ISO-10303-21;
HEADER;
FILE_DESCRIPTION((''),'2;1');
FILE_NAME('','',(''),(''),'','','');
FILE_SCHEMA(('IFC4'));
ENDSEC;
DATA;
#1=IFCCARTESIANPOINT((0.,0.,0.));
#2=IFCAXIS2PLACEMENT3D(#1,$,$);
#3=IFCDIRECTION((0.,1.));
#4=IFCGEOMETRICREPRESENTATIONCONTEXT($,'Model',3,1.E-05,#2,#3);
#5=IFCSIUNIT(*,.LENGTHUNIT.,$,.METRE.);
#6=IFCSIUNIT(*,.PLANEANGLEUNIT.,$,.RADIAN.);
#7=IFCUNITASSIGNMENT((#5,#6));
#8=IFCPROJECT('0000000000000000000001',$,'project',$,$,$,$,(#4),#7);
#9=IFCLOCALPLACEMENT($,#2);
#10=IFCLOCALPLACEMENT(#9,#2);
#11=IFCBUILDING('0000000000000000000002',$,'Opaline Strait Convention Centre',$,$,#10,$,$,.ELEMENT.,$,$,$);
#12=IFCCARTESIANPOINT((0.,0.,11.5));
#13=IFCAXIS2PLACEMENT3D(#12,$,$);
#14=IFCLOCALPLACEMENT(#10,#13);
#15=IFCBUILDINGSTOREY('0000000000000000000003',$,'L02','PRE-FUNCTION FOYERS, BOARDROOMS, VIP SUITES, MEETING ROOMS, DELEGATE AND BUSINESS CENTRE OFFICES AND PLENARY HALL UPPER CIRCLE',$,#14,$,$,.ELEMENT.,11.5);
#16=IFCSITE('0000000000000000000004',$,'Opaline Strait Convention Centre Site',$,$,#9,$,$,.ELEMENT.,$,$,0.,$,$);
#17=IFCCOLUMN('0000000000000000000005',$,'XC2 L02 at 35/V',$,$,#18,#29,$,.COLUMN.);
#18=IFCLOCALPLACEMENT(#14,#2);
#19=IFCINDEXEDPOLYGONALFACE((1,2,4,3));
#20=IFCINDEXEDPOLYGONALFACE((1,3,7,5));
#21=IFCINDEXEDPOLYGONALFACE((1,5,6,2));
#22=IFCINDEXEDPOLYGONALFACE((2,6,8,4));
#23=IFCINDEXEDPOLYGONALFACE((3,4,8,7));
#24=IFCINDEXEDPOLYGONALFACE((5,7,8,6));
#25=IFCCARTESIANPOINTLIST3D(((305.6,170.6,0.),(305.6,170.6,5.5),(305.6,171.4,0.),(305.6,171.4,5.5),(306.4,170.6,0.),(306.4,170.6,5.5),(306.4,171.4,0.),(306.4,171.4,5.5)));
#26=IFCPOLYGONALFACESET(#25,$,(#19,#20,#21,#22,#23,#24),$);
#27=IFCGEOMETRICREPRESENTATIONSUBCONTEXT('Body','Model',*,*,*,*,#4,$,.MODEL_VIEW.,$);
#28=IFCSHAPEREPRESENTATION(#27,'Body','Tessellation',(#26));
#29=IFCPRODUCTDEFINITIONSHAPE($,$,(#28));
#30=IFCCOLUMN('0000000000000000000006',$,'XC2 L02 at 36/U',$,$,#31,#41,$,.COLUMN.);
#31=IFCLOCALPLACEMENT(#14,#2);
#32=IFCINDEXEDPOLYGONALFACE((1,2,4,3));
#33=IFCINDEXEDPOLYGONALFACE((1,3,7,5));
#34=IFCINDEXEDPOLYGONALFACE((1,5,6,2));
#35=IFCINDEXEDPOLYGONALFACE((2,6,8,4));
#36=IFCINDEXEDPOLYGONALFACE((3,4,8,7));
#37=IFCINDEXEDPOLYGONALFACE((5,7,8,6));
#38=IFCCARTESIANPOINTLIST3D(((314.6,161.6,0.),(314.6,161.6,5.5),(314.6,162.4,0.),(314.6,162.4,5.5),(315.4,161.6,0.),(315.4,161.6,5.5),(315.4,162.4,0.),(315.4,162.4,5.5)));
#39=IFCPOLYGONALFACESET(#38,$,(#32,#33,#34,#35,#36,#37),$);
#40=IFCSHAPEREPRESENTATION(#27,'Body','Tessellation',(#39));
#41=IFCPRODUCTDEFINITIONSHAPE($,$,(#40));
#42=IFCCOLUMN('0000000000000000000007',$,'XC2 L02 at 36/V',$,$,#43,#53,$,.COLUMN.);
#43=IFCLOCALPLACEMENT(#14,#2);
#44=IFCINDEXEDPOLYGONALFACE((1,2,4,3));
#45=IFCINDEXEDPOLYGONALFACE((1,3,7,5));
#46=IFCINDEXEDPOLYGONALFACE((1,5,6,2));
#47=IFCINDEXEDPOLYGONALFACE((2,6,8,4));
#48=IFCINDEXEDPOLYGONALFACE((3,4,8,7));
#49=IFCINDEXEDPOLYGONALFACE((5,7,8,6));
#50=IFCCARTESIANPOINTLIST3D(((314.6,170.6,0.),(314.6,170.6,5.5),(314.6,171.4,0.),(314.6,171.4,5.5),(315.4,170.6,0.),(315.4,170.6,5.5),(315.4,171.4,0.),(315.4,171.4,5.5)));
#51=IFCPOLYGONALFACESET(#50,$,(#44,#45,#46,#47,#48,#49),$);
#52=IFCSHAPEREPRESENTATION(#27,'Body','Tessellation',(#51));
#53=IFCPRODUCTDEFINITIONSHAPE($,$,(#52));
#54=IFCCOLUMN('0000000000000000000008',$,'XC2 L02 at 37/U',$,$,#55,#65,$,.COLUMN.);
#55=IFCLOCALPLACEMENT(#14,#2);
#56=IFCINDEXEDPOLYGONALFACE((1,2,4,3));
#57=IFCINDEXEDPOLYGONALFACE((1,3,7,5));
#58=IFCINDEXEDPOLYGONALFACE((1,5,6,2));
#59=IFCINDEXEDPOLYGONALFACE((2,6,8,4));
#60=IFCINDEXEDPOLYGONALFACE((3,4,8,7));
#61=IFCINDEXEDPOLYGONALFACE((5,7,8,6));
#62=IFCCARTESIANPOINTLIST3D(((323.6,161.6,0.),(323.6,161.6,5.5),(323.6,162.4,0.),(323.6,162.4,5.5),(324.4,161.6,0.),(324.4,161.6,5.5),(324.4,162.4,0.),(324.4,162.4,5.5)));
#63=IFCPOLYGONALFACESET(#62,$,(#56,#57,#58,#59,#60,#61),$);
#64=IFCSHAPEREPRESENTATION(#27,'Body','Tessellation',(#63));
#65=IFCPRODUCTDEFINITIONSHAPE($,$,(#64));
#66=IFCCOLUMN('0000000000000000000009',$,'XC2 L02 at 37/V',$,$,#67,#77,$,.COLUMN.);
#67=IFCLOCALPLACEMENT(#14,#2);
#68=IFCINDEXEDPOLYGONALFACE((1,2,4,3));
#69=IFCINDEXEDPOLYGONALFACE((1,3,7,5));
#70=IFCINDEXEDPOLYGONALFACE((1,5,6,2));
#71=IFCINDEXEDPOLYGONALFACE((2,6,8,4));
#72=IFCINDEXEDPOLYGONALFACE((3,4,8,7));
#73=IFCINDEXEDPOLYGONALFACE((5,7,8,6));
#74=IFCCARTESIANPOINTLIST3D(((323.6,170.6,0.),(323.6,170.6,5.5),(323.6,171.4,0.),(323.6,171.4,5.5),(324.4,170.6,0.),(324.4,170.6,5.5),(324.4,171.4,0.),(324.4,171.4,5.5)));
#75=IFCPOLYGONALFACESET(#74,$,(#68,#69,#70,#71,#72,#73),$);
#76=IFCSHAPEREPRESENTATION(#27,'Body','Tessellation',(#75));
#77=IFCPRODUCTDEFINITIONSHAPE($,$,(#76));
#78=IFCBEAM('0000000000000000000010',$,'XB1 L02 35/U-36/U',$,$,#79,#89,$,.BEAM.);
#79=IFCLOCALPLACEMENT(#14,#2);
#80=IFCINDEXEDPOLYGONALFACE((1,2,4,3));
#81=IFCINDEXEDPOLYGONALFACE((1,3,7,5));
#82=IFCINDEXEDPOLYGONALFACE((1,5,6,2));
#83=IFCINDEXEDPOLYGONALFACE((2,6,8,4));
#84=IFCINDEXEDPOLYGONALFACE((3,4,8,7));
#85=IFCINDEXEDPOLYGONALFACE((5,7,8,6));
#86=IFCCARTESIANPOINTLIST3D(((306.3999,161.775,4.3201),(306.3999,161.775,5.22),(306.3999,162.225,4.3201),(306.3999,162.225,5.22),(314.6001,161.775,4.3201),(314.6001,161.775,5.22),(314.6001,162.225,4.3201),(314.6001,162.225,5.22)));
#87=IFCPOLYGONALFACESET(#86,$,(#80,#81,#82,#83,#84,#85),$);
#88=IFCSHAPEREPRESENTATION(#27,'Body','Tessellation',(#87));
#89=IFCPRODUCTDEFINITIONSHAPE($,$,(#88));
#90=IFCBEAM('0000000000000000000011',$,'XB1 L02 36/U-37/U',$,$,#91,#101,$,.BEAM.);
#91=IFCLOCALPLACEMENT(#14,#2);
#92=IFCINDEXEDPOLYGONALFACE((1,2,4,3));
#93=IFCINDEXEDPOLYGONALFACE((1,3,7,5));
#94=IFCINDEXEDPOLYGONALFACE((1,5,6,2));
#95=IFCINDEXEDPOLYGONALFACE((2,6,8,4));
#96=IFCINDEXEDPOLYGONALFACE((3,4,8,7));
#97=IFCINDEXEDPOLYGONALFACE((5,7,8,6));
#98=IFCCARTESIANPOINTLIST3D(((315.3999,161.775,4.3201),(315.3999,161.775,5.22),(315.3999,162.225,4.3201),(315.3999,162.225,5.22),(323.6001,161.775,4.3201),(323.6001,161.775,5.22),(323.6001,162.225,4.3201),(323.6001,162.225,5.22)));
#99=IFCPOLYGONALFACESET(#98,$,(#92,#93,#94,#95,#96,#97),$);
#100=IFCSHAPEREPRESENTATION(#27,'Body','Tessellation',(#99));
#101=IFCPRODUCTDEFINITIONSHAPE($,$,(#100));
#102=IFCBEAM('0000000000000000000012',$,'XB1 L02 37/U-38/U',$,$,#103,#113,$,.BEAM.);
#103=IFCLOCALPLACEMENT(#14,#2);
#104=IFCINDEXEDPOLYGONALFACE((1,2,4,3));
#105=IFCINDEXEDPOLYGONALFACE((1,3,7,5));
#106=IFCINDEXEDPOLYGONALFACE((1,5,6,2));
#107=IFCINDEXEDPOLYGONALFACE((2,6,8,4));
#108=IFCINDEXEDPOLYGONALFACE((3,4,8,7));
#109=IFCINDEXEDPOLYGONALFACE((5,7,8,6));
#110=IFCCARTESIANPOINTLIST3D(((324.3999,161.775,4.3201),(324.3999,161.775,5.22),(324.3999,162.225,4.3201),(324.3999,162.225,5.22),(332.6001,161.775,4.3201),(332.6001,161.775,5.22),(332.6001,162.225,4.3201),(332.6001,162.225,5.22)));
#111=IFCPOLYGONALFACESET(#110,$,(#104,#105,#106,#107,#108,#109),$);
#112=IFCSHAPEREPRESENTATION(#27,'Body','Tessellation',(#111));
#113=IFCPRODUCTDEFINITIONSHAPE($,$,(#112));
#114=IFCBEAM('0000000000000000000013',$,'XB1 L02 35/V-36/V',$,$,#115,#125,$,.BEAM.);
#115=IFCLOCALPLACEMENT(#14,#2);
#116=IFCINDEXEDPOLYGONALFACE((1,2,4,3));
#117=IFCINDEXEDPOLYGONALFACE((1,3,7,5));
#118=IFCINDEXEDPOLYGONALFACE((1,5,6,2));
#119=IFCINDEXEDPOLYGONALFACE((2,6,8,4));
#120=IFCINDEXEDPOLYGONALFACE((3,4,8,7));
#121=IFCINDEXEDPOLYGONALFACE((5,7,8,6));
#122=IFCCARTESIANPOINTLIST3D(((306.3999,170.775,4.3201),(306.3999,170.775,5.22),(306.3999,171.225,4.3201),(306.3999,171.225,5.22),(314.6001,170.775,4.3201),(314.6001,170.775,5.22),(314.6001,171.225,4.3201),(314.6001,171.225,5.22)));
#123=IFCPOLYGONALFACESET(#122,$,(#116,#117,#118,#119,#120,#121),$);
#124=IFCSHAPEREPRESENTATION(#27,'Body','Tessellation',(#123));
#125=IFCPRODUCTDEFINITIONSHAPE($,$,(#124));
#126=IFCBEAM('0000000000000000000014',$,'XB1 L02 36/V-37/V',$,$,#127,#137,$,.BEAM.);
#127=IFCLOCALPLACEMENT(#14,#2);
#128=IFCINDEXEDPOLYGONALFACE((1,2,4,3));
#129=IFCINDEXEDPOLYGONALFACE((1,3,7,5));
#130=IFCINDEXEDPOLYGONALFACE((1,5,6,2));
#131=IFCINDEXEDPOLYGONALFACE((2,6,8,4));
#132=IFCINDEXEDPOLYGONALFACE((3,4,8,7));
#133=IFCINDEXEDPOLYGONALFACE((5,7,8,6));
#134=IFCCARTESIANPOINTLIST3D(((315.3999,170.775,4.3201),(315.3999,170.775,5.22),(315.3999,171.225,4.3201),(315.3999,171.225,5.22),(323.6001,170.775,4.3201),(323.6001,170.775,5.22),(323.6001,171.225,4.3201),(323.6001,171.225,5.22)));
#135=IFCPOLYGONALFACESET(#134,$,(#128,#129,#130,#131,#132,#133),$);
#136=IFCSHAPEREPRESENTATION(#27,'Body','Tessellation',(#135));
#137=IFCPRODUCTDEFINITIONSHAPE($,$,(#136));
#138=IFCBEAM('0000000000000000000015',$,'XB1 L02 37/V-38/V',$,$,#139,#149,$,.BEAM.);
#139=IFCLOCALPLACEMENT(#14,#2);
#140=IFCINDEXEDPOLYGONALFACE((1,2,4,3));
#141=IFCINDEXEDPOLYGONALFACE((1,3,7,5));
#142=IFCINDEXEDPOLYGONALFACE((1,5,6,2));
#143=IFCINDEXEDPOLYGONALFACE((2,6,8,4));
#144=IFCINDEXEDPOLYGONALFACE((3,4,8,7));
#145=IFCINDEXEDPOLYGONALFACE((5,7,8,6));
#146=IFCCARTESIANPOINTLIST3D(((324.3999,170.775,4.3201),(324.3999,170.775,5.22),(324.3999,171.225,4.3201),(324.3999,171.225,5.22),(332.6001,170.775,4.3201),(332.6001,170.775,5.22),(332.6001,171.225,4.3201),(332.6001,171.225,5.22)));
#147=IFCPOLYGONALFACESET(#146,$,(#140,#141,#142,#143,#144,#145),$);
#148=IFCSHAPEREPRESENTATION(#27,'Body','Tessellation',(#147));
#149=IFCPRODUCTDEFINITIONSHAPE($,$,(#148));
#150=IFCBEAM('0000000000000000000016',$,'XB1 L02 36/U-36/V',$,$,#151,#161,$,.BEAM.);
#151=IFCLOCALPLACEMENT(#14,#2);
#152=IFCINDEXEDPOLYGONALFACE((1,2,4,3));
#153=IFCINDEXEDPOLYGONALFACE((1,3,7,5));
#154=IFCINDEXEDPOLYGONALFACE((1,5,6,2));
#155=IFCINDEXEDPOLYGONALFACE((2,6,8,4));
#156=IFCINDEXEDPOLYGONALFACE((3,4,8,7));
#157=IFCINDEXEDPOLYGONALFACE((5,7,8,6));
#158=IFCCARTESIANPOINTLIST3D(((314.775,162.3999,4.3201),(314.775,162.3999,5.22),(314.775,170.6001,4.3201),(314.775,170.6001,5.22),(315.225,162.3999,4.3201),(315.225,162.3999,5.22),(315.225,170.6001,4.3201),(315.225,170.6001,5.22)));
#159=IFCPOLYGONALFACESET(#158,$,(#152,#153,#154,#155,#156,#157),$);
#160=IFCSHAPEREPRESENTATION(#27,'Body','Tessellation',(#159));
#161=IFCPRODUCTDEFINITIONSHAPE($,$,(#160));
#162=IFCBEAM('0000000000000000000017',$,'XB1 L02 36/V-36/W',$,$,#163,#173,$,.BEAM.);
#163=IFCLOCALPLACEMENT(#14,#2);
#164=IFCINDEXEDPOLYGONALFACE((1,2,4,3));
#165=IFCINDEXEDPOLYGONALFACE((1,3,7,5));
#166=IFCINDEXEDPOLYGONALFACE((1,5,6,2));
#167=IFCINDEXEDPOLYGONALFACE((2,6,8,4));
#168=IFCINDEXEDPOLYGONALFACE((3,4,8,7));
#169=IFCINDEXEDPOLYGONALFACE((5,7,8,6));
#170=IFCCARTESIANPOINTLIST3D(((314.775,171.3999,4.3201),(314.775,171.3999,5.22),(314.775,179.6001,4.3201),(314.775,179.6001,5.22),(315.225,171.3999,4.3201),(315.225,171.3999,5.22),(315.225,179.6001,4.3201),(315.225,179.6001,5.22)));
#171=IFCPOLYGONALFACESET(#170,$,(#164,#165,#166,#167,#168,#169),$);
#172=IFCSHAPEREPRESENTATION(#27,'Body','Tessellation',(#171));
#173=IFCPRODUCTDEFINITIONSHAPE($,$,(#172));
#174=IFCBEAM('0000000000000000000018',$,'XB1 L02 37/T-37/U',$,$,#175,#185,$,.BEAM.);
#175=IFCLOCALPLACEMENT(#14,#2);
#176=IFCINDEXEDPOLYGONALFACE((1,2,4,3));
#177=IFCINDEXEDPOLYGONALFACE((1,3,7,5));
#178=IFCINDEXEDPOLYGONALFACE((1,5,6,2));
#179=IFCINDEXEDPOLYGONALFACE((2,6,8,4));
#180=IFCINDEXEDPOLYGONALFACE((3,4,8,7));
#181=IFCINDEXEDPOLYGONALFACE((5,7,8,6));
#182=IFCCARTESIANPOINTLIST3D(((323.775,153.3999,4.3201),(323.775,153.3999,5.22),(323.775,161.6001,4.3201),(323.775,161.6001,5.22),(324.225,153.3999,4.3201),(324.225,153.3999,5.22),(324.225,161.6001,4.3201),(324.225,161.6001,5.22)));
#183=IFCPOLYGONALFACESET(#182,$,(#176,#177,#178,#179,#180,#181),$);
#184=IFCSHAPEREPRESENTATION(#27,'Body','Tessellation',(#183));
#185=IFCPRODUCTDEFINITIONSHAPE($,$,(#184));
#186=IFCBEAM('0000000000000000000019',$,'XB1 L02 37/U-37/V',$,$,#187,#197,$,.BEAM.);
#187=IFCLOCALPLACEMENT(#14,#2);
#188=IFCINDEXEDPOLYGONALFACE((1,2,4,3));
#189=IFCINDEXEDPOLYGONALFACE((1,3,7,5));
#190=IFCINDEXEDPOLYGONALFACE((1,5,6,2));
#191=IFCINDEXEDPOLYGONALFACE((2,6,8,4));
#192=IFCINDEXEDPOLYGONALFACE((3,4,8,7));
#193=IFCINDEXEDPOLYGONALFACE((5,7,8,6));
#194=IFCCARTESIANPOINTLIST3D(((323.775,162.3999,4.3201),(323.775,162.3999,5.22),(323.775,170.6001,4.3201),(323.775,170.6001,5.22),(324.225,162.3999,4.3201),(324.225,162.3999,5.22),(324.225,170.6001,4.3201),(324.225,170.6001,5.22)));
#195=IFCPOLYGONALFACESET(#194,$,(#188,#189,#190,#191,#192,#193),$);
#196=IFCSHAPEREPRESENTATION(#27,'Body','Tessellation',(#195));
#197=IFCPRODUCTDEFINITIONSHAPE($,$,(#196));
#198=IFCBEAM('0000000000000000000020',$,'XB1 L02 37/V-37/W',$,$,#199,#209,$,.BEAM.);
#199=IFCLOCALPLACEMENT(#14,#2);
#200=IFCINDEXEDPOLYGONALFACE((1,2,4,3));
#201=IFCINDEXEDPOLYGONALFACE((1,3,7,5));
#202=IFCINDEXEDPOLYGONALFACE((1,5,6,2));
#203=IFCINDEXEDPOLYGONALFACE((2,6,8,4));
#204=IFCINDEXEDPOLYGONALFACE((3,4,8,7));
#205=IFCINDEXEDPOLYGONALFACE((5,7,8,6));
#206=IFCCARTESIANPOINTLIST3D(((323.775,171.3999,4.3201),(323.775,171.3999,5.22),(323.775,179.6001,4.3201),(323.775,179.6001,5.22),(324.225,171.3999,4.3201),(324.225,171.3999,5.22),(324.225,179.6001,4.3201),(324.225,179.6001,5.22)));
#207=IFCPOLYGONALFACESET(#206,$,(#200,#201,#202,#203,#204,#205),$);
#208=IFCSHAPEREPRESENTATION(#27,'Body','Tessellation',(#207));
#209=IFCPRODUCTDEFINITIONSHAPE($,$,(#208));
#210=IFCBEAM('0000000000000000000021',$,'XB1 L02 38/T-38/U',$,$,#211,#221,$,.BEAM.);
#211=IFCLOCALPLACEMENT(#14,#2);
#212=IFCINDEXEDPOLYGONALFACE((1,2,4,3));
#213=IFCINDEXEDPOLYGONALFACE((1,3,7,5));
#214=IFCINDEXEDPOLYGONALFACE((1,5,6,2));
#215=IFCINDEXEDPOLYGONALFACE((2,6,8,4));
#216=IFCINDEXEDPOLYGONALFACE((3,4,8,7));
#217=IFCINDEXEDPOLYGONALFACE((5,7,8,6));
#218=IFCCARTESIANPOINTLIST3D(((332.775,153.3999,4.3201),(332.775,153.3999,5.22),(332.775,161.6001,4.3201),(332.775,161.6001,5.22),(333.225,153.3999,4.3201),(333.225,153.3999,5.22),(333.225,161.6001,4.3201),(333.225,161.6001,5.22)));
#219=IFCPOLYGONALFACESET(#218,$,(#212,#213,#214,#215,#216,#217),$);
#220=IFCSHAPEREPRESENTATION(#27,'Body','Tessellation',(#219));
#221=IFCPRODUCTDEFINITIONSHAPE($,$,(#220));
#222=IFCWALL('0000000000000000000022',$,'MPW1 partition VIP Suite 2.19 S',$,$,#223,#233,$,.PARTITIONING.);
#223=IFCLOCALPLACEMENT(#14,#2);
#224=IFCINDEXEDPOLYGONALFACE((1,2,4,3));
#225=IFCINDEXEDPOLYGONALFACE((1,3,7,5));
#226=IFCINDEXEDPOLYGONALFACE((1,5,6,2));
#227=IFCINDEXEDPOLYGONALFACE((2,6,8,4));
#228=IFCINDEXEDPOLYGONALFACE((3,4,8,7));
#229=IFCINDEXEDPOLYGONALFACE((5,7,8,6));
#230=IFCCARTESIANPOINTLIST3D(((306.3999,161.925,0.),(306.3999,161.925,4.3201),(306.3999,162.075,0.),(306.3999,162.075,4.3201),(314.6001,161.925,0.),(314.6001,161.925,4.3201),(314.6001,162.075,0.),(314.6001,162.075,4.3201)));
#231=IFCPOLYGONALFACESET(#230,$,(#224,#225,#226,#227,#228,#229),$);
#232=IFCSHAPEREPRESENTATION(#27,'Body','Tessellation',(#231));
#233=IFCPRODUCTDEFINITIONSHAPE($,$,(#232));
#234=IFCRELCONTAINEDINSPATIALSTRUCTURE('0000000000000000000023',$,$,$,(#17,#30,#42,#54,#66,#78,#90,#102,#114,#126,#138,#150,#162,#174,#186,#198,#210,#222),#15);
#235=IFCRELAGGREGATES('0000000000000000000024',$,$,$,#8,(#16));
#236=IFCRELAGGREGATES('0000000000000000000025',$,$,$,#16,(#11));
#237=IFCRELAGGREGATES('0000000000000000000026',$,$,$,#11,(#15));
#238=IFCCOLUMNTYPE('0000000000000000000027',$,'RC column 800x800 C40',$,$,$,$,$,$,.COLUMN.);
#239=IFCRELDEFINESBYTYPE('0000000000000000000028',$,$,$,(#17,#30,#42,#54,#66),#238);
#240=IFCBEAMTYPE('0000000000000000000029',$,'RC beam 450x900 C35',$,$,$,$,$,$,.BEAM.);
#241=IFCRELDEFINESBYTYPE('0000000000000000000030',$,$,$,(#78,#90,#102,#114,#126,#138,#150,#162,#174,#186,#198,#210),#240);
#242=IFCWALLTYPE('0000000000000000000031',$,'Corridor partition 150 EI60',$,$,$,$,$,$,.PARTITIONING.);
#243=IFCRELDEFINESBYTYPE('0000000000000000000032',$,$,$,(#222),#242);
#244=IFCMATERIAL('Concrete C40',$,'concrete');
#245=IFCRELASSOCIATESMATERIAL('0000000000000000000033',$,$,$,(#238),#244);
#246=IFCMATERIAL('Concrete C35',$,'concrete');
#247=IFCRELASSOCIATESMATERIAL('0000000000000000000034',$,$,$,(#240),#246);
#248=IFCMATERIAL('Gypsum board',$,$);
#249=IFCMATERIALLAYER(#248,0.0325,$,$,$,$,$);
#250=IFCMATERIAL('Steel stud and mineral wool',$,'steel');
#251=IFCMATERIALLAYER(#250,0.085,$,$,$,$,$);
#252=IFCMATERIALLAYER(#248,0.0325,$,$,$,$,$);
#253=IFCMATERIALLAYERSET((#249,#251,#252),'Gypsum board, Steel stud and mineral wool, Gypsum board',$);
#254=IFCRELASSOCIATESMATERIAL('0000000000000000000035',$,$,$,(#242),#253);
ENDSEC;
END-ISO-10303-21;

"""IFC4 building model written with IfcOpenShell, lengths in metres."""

from ifc_helpers import new_model, si_unit, direction, frame, frame_2d, origin, origin_2d, place, context, subcontext, project, spatial, rectangle, extrude, material, layer, layer_set, material_profile, profile_set, type_object, element, save


model = new_model("IFC4")

# Units and contexts
model_context = context("Model", 3, precision=1e-05, world=origin(), true_north=direction((0.0, 1.0)))
body_context = subcontext(model_context, "Body", "Model", "MODEL_VIEW")
ifc_project = project(units=[si_unit("LENGTHUNIT", "METRE"), si_unit("PLANEANGLEUNIT", "RADIAN")], contexts=[model_context])

# Site, building, storey
site_placement = place(None, origin())
site = spatial("IfcSite", under=ifc_project, at=site_placement, Name="Opaline Strait Convention Centre Site", CompositionType="ELEMENT", RefElevation=0.0)
building_placement = place(site_placement, origin())
building = spatial("IfcBuilding", under=site, at=building_placement, Name="Opaline Strait Convention Centre", CompositionType="ELEMENT")
storey_placement = place(building_placement, frame((0.0, 0.0, 11.5)))
storey = spatial("IfcBuildingStorey", under=building, at=storey_placement, Name="L02", Description="PRE-FUNCTION FOYERS, BOARDROOMS, VIP SUITES, MEETING ROOMS, DELEGATE AND BUSINESS CENTRE OFFICES AND PLENARY HALL UPPER CIRCLE", CompositionType="ELEMENT", Elevation=11.5)

# Columns
ifc_material_1 = material(Name="Concrete C40", Category="concrete")
ifc_material_profile_1 = material_profile(ifc_material_1, rectangle(XDim=0.8, YDim=0.8, at=origin_2d()), Name="RC 800x800")
ifc_profile_set_1 = profile_set([ifc_material_profile_1], Name="Concrete C40")
column_type = type_object("IfcColumnType", Name="RC column 800x800 C40", PredefinedType="COLUMN", material=ifc_profile_set_1)
for number, where, z_axis, x_axis, name in (
    (1, (306.0, 171.0, 0.0), (0.0, 0.0, 1.0), (1.0, 0.0, 0.0), "XC2 L02 at 35/V"),
    (2, (315.0, 162.0, 0.0), (0.0, 0.0, 1.0), (1.0, 0.0, 0.0), "XC2 L02 at 36/U"),
    (3, (315.0, 171.0, 0.0), (0.0, 0.0, 1.0), (1.0, 0.0, 0.0), "XC2 L02 at 36/V"),
    (4, (324.0, 162.0, 0.0), (0.0, 0.0, 1.0), (1.0, 0.0, 0.0), "XC2 L02 at 37/U"),
    (5, (324.0, 171.0, 0.0), (0.0, 0.0, 1.0), (1.0, 0.0, 0.0), "XC2 L02 at 37/V"),
):
    element("IfcColumn", number, at=place(storey_placement, frame(where, z_axis=z_axis, x_axis=x_axis)), inside=storey, type_object=column_type, Name=name, PredefinedType="COLUMN", context=body_context, shape_type="SweptSolid", body=[
        extrude(rectangle(XDim=0.8, YDim=0.8, at=origin_2d()), origin(), (0.0, 0.0, 1.0), 5.5),
    ])

# Beams
ifc_material_2 = material(Name="Concrete C35", Category="concrete")
ifc_material_profile_2 = material_profile(ifc_material_2, rectangle(XDim=0.45, YDim=0.8999, at=origin_2d()), Name="RC 450x900")
ifc_profile_set_2 = profile_set([ifc_material_profile_2], Name="Concrete C35")
beam_type = type_object("IfcBeamType", Name="RC beam 450x900 C35", PredefinedType="BEAM", material=ifc_profile_set_2)
for number, where, z_axis, x_axis, name in (
    (6, (306.3999, 162.0, 4.77), (1.0, 0.0, 0.0), (0.0, 1.0, 0.0), "XB1 L02 35/U-36/U"),
    (7, (315.3999, 162.0, 4.77), (1.0, 0.0, 0.0), (0.0, 1.0, 0.0), "XB1 L02 36/U-37/U"),
    (8, (324.3999, 162.0, 4.77), (1.0, 0.0, 0.0), (0.0, 1.0, 0.0), "XB1 L02 37/U-38/U"),
    (9, (306.3999, 171.0, 4.77), (1.0, 0.0, 0.0), (0.0, 1.0, 0.0), "XB1 L02 35/V-36/V"),
    (10, (315.3999, 171.0, 4.77), (1.0, 0.0, 0.0), (0.0, 1.0, 0.0), "XB1 L02 36/V-37/V"),
    (11, (324.3999, 171.0, 4.77), (1.0, 0.0, 0.0), (0.0, 1.0, 0.0), "XB1 L02 37/V-38/V"),
    (12, (315.0, 162.3999, 4.77), (0.0, 1.0, 0.0), (-1.0, 0.0, 0.0), "XB1 L02 36/U-36/V"),
    (13, (315.0, 171.3999, 4.77), (0.0, 1.0, 0.0), (-1.0, 0.0, 0.0), "XB1 L02 36/V-36/W"),
    (14, (324.0, 153.3999, 4.77), (0.0, 1.0, 0.0), (-1.0, 0.0, 0.0), "XB1 L02 37/T-37/U"),
    (15, (324.0, 162.3999, 4.77), (0.0, 1.0, 0.0), (-1.0, 0.0, 0.0), "XB1 L02 37/U-37/V"),
    (16, (324.0, 171.3999, 4.77), (0.0, 1.0, 0.0), (-1.0, 0.0, 0.0), "XB1 L02 37/V-37/W"),
    (17, (333.0, 153.3999, 4.77), (0.0, 1.0, 0.0), (-1.0, 0.0, 0.0), "XB1 L02 38/T-38/U"),
):
    element("IfcBeam", number, at=place(storey_placement, frame(where, z_axis=z_axis, x_axis=x_axis)), inside=storey, type_object=beam_type, Name=name, PredefinedType="BEAM", context=body_context, shape_type="SweptSolid", body=[
        extrude(rectangle(XDim=0.45, YDim=0.8999, at=origin_2d()), origin(), (0.0, 0.0, 1.0), 8.2002),
    ])

# Wall
ifc_material_3 = material(Name="Gypsum board")
ifc_layer_1 = layer(ifc_material_3, 0.0325)
ifc_material_4 = material(Name="Steel stud and mineral wool", Category="steel")
ifc_layer_2 = layer(ifc_material_4, 0.085)
ifc_layer_3 = layer(ifc_material_3, 0.0325)
ifc_layer_set_1 = layer_set([ifc_layer_1, ifc_layer_2, ifc_layer_3], Name="Gypsum board, Steel stud and mineral wool, Gypsum board")
wall_type_1 = type_object("IfcWallType", Name="Corridor partition 150 EI60", PredefinedType="PARTITIONING", material=ifc_layer_set_1)
wall_1_placement = place(storey_placement, frame((306.3999, 162.0, 0.0), z_axis=(0.0, 0.0, 1.0), x_axis=(1.0, 0.0, 0.0)))
element("IfcWall", 18, at=wall_1_placement, inside=storey, type_object=wall_type_1, Name="MPW1 partition VIP Suite 2.19 S", PredefinedType="PARTITIONING", context=body_context, shape_type="SweptSolid", body=[
    extrude(rectangle(XDim=8.2002, YDim=0.1499, at=frame_2d((4.1001, 0.0))), origin(), (0.0, 0.0, 1.0), 4.3201),
])

save(model, "model.ifc")
